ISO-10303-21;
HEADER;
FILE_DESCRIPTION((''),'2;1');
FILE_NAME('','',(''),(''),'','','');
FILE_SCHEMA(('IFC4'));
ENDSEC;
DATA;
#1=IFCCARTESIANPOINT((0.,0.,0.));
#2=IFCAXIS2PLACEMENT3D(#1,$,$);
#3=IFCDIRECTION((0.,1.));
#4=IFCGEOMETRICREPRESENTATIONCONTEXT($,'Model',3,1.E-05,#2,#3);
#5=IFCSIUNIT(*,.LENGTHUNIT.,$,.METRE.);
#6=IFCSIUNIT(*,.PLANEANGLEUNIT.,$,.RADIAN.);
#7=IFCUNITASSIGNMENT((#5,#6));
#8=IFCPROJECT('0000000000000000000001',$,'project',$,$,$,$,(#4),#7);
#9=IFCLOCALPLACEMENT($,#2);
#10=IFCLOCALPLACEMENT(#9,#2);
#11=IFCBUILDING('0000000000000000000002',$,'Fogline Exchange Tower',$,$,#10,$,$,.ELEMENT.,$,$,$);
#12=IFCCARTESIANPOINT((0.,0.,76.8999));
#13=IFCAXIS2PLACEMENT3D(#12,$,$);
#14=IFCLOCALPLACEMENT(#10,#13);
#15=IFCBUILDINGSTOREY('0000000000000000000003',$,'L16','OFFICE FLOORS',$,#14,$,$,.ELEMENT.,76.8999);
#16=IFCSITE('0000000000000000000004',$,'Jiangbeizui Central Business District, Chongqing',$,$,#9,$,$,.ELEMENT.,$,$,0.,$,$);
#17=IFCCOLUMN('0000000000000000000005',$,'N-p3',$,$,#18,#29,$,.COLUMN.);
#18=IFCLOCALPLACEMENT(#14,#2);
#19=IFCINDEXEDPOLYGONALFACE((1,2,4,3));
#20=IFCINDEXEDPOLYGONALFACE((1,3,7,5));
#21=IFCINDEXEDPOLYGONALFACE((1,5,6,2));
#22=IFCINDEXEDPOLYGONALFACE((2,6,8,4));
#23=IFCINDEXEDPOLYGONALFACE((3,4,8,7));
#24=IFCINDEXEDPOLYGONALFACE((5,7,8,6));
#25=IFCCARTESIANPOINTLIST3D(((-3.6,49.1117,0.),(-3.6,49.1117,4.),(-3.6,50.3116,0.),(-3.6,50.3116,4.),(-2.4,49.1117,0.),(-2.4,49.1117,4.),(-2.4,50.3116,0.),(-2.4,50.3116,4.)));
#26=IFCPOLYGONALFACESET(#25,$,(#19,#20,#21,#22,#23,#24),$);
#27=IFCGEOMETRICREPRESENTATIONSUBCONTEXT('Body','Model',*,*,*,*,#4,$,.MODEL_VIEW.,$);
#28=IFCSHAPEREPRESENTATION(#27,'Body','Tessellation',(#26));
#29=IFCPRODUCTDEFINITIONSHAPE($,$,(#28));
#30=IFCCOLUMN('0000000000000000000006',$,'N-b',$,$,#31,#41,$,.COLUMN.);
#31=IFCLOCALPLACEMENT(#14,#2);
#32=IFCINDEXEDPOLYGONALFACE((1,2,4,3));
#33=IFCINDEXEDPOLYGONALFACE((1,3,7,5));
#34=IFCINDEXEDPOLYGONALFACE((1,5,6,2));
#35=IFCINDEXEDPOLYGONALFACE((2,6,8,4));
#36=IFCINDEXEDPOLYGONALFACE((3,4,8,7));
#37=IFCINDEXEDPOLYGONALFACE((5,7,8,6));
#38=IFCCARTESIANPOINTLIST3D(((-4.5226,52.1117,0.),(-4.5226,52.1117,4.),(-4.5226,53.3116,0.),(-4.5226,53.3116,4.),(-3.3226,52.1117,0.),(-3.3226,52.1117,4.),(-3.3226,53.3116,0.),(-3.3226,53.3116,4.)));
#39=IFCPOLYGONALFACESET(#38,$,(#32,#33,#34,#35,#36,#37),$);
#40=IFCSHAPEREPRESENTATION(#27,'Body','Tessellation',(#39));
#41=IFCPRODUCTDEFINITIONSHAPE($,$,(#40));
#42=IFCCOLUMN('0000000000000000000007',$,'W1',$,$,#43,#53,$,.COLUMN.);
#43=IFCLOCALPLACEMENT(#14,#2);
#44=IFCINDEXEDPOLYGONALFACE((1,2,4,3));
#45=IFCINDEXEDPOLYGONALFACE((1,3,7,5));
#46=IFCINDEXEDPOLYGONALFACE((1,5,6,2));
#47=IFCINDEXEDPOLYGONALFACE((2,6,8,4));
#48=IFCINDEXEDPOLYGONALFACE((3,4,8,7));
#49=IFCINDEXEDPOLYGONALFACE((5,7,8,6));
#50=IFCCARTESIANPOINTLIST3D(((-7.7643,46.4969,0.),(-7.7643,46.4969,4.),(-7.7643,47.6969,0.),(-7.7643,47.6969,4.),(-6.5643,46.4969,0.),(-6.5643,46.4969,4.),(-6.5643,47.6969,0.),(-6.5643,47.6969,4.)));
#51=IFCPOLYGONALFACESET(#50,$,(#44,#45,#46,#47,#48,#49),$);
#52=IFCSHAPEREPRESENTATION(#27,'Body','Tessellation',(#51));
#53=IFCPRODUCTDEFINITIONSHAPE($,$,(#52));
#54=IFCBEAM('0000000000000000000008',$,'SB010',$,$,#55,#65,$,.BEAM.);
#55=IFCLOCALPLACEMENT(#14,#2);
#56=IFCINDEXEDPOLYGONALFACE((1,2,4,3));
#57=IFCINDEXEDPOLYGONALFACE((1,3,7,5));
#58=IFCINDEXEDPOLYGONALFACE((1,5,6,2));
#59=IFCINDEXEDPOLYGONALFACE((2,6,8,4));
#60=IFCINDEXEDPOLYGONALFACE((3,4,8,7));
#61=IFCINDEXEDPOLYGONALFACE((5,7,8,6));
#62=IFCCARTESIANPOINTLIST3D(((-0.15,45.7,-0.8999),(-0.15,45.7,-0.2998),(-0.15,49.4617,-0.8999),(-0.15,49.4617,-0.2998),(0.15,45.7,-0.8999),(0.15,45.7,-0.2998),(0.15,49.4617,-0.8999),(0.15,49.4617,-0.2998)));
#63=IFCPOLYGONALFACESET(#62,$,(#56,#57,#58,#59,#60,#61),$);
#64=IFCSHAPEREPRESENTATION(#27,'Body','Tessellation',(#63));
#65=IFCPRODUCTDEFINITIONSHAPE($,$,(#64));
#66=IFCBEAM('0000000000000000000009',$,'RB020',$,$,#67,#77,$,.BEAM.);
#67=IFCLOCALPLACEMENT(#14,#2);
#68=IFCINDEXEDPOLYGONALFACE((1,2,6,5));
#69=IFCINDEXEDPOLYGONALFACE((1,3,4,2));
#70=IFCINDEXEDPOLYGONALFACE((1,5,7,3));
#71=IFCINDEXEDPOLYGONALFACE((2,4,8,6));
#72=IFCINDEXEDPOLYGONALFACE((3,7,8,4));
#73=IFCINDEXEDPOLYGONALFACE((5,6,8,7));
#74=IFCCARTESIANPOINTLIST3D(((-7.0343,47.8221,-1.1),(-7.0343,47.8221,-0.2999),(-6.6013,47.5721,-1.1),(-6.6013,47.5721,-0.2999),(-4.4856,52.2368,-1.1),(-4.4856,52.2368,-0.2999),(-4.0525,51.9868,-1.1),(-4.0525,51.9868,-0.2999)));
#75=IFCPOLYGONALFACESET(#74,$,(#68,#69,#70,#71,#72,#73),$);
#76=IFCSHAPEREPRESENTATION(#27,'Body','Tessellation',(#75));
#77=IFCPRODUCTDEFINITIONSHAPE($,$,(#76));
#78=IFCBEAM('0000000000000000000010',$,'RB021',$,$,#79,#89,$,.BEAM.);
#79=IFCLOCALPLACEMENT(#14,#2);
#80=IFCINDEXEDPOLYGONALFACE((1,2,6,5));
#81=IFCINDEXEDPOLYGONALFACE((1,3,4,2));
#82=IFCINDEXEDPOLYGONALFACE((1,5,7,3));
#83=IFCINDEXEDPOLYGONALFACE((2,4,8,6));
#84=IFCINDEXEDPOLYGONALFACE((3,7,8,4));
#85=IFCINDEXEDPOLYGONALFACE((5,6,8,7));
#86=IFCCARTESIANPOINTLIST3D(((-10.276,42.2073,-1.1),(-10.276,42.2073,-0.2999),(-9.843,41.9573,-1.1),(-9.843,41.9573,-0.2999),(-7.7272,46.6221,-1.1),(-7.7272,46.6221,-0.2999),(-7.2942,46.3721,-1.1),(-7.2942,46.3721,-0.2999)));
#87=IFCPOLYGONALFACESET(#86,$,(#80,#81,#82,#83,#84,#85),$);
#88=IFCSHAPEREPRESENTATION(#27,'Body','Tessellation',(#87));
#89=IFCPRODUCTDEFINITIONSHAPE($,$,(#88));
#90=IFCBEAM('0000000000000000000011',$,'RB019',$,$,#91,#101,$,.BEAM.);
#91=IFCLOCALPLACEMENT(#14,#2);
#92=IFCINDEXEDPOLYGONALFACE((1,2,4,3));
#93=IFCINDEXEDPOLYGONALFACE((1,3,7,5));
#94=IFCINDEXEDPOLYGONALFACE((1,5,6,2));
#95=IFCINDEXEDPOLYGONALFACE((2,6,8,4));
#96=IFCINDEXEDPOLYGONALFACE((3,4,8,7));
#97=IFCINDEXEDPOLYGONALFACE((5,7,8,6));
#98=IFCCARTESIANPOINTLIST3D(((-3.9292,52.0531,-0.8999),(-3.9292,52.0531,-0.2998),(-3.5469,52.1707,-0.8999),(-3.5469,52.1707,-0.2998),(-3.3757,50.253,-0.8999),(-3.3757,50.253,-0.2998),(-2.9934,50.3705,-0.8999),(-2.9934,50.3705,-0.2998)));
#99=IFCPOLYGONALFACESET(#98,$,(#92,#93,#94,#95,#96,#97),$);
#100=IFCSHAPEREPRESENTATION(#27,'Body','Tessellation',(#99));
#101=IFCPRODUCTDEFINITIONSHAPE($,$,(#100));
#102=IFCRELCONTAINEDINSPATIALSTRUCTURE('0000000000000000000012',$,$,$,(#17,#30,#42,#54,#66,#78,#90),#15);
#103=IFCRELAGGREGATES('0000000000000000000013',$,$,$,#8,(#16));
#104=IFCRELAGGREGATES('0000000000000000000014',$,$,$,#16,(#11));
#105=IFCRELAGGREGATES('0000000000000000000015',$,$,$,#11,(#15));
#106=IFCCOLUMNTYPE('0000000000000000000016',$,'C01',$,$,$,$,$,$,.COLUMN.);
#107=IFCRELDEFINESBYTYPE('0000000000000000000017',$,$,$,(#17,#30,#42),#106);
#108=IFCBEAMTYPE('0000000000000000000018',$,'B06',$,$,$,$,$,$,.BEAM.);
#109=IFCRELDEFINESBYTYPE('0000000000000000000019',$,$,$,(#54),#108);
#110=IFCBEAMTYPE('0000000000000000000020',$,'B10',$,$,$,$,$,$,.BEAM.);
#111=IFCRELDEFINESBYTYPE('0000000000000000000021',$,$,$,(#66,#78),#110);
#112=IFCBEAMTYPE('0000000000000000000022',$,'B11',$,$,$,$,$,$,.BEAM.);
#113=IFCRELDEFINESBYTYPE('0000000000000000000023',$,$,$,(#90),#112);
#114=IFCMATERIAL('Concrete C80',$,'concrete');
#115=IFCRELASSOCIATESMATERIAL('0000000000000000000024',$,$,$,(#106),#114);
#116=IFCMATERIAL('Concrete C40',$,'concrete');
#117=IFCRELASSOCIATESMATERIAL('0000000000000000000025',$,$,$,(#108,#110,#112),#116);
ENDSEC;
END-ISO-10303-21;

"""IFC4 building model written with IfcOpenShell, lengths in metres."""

from ifc_helpers import new_model, si_unit, direction, frame, origin, origin_2d, place, context, subcontext, project, spatial, rectangle, extrude, material, material_profile, profile_set, type_object, element, save


model = new_model("IFC4")

# Units and contexts
model_context = context("Model", 3, precision=1e-05, world=origin(), true_north=direction((0.0, 1.0)))
body_context = subcontext(model_context, "Body", "Model", "MODEL_VIEW")
ifc_project = project(units=[si_unit("LENGTHUNIT", "METRE"), si_unit("PLANEANGLEUNIT", "RADIAN")], contexts=[model_context])

# Site, building, storey
site_placement = place(None, origin())
site = spatial("IfcSite", under=ifc_project, at=site_placement, Name="Jiangbeizui Central Business District, Chongqing", CompositionType="ELEMENT", RefElevation=0.0)
building_placement = place(site_placement, origin())
building = spatial("IfcBuilding", under=site, at=building_placement, Name="Fogline Exchange Tower", CompositionType="ELEMENT")
storey_placement = place(building_placement, frame((0.0, 0.0, 76.8999)))
storey = spatial("IfcBuildingStorey", under=building, at=storey_placement, Name="L16", Description="OFFICE FLOORS", CompositionType="ELEMENT", Elevation=76.8999)

# Columns
ifc_material_1 = material(Name="Concrete C80", Category="concrete")
ifc_material_profile_1 = material_profile(ifc_material_1, rectangle(XDim=1.2, YDim=1.2, at=origin_2d()), Name="RC 1200x1200")
ifc_profile_set_1 = profile_set([ifc_material_profile_1], Name="Concrete C80")
column_type = type_object("IfcColumnType", Name="C01", PredefinedType="COLUMN", material=ifc_profile_set_1)
for number, where, z_axis, x_axis, name in (
    (1, (-3.0, 49.7117, 0.0), (0.0, 0.0, 1.0), (1.0, 0.0, 0.0), "N-p3"),
    (2, (-3.9226, 52.7117, 0.0), (0.0, 0.0, 1.0), (1.0, 0.0, 0.0), "N-b"),
    (3, (-7.1643, 47.0969, 0.0), (0.0, 0.0, 1.0), (1.0, 0.0, 0.0), "W1"),
):
    element("IfcColumn", number, at=place(storey_placement, frame(where, z_axis=z_axis, x_axis=x_axis)), inside=storey, type_object=column_type, Name=name, PredefinedType="COLUMN", context=body_context, shape_type="SweptSolid", body=[
        extrude(rectangle(XDim=1.2, YDim=1.2, at=origin_2d()), origin(), (0.0, 0.0, 1.0), 4.0),
    ])

# Beams
ifc_material_2 = material(Name="Concrete C40", Category="concrete")
ifc_material_profile_2 = material_profile(ifc_material_2, rectangle(XDim=0.3, YDim=0.6001, at=origin_2d()), Name="RC 300x600")
ifc_profile_set_2 = profile_set([ifc_material_profile_2], Name="Concrete C40")
beam_type_1 = type_object("IfcBeamType", Name="B06", PredefinedType="BEAM", material=ifc_profile_set_2)
beam_1_placement = place(storey_placement, frame((0.0, 45.7, -0.5999), z_axis=(0.0, 1.0, 0.0), x_axis=(-1.0, 0.0, 0.0)))
element("IfcBeam", 4, at=beam_1_placement, inside=storey, type_object=beam_type_1, Name="SB010", PredefinedType="BEAM", context=body_context, shape_type="SweptSolid", body=[
    extrude(rectangle(XDim=0.3, YDim=0.6001, at=origin_2d()), origin(), (0.0, 0.0, 1.0), 3.7617),
])
ifc_material_profile_3 = material_profile(ifc_material_2, rectangle(XDim=0.5, YDim=0.8, at=origin_2d()), Name="RC 500x800")
ifc_profile_set_3 = profile_set([ifc_material_profile_3], Name="Concrete C40")
beam_type_2 = type_object("IfcBeamType", Name="B10", PredefinedType="BEAM", material=ifc_profile_set_3)
for number, where, z_axis, x_axis, name in (
    (5, (-4.269, 52.1118, -0.7), (-0.499992, -0.86603, 0.0), (0.86603, -0.499992, 0.0), "RB020"),
    (6, (-7.5107, 46.4971, -0.7), (-0.499992, -0.86603, 0.0), (0.86603, -0.499992, 0.0), "RB021"),
):
    element("IfcBeam", number, at=place(storey_placement, frame(where, z_axis=z_axis, x_axis=x_axis)), inside=storey, type_object=beam_type_2, Name=name, PredefinedType="BEAM", context=body_context, shape_type="SweptSolid", body=[
        extrude(rectangle(XDim=0.5, YDim=0.8, at=origin_2d()), origin(), (0.0, 0.0, 1.0), 5.0977),
    ])
ifc_material_profile_4 = material_profile(ifc_material_2, rectangle(XDim=0.3999, YDim=0.6001, at=origin_2d()), Name="RC 400x600")
ifc_profile_set_4 = profile_set([ifc_material_profile_4], Name="Concrete C40")
beam_type_3 = type_object("IfcBeamType", Name="B11", PredefinedType="BEAM", material=ifc_profile_set_4)
beam_2_placement = place(storey_placement, frame((-3.1846, 50.3118, -0.5999), z_axis=(-0.293895, 0.955838, 0.0), x_axis=(-0.955838, -0.293895, 0.0)))
element("IfcBeam", 7, at=beam_2_placement, inside=storey, type_object=beam_type_3, Name="RB019", PredefinedType="BEAM", context=body_context, shape_type="SweptSolid", body=[
    extrude(rectangle(XDim=0.3999, YDim=0.6001, at=origin_2d()), origin(), (0.0, 0.0, 1.0), 1.8833),
])

save(model, "model.ifc")
